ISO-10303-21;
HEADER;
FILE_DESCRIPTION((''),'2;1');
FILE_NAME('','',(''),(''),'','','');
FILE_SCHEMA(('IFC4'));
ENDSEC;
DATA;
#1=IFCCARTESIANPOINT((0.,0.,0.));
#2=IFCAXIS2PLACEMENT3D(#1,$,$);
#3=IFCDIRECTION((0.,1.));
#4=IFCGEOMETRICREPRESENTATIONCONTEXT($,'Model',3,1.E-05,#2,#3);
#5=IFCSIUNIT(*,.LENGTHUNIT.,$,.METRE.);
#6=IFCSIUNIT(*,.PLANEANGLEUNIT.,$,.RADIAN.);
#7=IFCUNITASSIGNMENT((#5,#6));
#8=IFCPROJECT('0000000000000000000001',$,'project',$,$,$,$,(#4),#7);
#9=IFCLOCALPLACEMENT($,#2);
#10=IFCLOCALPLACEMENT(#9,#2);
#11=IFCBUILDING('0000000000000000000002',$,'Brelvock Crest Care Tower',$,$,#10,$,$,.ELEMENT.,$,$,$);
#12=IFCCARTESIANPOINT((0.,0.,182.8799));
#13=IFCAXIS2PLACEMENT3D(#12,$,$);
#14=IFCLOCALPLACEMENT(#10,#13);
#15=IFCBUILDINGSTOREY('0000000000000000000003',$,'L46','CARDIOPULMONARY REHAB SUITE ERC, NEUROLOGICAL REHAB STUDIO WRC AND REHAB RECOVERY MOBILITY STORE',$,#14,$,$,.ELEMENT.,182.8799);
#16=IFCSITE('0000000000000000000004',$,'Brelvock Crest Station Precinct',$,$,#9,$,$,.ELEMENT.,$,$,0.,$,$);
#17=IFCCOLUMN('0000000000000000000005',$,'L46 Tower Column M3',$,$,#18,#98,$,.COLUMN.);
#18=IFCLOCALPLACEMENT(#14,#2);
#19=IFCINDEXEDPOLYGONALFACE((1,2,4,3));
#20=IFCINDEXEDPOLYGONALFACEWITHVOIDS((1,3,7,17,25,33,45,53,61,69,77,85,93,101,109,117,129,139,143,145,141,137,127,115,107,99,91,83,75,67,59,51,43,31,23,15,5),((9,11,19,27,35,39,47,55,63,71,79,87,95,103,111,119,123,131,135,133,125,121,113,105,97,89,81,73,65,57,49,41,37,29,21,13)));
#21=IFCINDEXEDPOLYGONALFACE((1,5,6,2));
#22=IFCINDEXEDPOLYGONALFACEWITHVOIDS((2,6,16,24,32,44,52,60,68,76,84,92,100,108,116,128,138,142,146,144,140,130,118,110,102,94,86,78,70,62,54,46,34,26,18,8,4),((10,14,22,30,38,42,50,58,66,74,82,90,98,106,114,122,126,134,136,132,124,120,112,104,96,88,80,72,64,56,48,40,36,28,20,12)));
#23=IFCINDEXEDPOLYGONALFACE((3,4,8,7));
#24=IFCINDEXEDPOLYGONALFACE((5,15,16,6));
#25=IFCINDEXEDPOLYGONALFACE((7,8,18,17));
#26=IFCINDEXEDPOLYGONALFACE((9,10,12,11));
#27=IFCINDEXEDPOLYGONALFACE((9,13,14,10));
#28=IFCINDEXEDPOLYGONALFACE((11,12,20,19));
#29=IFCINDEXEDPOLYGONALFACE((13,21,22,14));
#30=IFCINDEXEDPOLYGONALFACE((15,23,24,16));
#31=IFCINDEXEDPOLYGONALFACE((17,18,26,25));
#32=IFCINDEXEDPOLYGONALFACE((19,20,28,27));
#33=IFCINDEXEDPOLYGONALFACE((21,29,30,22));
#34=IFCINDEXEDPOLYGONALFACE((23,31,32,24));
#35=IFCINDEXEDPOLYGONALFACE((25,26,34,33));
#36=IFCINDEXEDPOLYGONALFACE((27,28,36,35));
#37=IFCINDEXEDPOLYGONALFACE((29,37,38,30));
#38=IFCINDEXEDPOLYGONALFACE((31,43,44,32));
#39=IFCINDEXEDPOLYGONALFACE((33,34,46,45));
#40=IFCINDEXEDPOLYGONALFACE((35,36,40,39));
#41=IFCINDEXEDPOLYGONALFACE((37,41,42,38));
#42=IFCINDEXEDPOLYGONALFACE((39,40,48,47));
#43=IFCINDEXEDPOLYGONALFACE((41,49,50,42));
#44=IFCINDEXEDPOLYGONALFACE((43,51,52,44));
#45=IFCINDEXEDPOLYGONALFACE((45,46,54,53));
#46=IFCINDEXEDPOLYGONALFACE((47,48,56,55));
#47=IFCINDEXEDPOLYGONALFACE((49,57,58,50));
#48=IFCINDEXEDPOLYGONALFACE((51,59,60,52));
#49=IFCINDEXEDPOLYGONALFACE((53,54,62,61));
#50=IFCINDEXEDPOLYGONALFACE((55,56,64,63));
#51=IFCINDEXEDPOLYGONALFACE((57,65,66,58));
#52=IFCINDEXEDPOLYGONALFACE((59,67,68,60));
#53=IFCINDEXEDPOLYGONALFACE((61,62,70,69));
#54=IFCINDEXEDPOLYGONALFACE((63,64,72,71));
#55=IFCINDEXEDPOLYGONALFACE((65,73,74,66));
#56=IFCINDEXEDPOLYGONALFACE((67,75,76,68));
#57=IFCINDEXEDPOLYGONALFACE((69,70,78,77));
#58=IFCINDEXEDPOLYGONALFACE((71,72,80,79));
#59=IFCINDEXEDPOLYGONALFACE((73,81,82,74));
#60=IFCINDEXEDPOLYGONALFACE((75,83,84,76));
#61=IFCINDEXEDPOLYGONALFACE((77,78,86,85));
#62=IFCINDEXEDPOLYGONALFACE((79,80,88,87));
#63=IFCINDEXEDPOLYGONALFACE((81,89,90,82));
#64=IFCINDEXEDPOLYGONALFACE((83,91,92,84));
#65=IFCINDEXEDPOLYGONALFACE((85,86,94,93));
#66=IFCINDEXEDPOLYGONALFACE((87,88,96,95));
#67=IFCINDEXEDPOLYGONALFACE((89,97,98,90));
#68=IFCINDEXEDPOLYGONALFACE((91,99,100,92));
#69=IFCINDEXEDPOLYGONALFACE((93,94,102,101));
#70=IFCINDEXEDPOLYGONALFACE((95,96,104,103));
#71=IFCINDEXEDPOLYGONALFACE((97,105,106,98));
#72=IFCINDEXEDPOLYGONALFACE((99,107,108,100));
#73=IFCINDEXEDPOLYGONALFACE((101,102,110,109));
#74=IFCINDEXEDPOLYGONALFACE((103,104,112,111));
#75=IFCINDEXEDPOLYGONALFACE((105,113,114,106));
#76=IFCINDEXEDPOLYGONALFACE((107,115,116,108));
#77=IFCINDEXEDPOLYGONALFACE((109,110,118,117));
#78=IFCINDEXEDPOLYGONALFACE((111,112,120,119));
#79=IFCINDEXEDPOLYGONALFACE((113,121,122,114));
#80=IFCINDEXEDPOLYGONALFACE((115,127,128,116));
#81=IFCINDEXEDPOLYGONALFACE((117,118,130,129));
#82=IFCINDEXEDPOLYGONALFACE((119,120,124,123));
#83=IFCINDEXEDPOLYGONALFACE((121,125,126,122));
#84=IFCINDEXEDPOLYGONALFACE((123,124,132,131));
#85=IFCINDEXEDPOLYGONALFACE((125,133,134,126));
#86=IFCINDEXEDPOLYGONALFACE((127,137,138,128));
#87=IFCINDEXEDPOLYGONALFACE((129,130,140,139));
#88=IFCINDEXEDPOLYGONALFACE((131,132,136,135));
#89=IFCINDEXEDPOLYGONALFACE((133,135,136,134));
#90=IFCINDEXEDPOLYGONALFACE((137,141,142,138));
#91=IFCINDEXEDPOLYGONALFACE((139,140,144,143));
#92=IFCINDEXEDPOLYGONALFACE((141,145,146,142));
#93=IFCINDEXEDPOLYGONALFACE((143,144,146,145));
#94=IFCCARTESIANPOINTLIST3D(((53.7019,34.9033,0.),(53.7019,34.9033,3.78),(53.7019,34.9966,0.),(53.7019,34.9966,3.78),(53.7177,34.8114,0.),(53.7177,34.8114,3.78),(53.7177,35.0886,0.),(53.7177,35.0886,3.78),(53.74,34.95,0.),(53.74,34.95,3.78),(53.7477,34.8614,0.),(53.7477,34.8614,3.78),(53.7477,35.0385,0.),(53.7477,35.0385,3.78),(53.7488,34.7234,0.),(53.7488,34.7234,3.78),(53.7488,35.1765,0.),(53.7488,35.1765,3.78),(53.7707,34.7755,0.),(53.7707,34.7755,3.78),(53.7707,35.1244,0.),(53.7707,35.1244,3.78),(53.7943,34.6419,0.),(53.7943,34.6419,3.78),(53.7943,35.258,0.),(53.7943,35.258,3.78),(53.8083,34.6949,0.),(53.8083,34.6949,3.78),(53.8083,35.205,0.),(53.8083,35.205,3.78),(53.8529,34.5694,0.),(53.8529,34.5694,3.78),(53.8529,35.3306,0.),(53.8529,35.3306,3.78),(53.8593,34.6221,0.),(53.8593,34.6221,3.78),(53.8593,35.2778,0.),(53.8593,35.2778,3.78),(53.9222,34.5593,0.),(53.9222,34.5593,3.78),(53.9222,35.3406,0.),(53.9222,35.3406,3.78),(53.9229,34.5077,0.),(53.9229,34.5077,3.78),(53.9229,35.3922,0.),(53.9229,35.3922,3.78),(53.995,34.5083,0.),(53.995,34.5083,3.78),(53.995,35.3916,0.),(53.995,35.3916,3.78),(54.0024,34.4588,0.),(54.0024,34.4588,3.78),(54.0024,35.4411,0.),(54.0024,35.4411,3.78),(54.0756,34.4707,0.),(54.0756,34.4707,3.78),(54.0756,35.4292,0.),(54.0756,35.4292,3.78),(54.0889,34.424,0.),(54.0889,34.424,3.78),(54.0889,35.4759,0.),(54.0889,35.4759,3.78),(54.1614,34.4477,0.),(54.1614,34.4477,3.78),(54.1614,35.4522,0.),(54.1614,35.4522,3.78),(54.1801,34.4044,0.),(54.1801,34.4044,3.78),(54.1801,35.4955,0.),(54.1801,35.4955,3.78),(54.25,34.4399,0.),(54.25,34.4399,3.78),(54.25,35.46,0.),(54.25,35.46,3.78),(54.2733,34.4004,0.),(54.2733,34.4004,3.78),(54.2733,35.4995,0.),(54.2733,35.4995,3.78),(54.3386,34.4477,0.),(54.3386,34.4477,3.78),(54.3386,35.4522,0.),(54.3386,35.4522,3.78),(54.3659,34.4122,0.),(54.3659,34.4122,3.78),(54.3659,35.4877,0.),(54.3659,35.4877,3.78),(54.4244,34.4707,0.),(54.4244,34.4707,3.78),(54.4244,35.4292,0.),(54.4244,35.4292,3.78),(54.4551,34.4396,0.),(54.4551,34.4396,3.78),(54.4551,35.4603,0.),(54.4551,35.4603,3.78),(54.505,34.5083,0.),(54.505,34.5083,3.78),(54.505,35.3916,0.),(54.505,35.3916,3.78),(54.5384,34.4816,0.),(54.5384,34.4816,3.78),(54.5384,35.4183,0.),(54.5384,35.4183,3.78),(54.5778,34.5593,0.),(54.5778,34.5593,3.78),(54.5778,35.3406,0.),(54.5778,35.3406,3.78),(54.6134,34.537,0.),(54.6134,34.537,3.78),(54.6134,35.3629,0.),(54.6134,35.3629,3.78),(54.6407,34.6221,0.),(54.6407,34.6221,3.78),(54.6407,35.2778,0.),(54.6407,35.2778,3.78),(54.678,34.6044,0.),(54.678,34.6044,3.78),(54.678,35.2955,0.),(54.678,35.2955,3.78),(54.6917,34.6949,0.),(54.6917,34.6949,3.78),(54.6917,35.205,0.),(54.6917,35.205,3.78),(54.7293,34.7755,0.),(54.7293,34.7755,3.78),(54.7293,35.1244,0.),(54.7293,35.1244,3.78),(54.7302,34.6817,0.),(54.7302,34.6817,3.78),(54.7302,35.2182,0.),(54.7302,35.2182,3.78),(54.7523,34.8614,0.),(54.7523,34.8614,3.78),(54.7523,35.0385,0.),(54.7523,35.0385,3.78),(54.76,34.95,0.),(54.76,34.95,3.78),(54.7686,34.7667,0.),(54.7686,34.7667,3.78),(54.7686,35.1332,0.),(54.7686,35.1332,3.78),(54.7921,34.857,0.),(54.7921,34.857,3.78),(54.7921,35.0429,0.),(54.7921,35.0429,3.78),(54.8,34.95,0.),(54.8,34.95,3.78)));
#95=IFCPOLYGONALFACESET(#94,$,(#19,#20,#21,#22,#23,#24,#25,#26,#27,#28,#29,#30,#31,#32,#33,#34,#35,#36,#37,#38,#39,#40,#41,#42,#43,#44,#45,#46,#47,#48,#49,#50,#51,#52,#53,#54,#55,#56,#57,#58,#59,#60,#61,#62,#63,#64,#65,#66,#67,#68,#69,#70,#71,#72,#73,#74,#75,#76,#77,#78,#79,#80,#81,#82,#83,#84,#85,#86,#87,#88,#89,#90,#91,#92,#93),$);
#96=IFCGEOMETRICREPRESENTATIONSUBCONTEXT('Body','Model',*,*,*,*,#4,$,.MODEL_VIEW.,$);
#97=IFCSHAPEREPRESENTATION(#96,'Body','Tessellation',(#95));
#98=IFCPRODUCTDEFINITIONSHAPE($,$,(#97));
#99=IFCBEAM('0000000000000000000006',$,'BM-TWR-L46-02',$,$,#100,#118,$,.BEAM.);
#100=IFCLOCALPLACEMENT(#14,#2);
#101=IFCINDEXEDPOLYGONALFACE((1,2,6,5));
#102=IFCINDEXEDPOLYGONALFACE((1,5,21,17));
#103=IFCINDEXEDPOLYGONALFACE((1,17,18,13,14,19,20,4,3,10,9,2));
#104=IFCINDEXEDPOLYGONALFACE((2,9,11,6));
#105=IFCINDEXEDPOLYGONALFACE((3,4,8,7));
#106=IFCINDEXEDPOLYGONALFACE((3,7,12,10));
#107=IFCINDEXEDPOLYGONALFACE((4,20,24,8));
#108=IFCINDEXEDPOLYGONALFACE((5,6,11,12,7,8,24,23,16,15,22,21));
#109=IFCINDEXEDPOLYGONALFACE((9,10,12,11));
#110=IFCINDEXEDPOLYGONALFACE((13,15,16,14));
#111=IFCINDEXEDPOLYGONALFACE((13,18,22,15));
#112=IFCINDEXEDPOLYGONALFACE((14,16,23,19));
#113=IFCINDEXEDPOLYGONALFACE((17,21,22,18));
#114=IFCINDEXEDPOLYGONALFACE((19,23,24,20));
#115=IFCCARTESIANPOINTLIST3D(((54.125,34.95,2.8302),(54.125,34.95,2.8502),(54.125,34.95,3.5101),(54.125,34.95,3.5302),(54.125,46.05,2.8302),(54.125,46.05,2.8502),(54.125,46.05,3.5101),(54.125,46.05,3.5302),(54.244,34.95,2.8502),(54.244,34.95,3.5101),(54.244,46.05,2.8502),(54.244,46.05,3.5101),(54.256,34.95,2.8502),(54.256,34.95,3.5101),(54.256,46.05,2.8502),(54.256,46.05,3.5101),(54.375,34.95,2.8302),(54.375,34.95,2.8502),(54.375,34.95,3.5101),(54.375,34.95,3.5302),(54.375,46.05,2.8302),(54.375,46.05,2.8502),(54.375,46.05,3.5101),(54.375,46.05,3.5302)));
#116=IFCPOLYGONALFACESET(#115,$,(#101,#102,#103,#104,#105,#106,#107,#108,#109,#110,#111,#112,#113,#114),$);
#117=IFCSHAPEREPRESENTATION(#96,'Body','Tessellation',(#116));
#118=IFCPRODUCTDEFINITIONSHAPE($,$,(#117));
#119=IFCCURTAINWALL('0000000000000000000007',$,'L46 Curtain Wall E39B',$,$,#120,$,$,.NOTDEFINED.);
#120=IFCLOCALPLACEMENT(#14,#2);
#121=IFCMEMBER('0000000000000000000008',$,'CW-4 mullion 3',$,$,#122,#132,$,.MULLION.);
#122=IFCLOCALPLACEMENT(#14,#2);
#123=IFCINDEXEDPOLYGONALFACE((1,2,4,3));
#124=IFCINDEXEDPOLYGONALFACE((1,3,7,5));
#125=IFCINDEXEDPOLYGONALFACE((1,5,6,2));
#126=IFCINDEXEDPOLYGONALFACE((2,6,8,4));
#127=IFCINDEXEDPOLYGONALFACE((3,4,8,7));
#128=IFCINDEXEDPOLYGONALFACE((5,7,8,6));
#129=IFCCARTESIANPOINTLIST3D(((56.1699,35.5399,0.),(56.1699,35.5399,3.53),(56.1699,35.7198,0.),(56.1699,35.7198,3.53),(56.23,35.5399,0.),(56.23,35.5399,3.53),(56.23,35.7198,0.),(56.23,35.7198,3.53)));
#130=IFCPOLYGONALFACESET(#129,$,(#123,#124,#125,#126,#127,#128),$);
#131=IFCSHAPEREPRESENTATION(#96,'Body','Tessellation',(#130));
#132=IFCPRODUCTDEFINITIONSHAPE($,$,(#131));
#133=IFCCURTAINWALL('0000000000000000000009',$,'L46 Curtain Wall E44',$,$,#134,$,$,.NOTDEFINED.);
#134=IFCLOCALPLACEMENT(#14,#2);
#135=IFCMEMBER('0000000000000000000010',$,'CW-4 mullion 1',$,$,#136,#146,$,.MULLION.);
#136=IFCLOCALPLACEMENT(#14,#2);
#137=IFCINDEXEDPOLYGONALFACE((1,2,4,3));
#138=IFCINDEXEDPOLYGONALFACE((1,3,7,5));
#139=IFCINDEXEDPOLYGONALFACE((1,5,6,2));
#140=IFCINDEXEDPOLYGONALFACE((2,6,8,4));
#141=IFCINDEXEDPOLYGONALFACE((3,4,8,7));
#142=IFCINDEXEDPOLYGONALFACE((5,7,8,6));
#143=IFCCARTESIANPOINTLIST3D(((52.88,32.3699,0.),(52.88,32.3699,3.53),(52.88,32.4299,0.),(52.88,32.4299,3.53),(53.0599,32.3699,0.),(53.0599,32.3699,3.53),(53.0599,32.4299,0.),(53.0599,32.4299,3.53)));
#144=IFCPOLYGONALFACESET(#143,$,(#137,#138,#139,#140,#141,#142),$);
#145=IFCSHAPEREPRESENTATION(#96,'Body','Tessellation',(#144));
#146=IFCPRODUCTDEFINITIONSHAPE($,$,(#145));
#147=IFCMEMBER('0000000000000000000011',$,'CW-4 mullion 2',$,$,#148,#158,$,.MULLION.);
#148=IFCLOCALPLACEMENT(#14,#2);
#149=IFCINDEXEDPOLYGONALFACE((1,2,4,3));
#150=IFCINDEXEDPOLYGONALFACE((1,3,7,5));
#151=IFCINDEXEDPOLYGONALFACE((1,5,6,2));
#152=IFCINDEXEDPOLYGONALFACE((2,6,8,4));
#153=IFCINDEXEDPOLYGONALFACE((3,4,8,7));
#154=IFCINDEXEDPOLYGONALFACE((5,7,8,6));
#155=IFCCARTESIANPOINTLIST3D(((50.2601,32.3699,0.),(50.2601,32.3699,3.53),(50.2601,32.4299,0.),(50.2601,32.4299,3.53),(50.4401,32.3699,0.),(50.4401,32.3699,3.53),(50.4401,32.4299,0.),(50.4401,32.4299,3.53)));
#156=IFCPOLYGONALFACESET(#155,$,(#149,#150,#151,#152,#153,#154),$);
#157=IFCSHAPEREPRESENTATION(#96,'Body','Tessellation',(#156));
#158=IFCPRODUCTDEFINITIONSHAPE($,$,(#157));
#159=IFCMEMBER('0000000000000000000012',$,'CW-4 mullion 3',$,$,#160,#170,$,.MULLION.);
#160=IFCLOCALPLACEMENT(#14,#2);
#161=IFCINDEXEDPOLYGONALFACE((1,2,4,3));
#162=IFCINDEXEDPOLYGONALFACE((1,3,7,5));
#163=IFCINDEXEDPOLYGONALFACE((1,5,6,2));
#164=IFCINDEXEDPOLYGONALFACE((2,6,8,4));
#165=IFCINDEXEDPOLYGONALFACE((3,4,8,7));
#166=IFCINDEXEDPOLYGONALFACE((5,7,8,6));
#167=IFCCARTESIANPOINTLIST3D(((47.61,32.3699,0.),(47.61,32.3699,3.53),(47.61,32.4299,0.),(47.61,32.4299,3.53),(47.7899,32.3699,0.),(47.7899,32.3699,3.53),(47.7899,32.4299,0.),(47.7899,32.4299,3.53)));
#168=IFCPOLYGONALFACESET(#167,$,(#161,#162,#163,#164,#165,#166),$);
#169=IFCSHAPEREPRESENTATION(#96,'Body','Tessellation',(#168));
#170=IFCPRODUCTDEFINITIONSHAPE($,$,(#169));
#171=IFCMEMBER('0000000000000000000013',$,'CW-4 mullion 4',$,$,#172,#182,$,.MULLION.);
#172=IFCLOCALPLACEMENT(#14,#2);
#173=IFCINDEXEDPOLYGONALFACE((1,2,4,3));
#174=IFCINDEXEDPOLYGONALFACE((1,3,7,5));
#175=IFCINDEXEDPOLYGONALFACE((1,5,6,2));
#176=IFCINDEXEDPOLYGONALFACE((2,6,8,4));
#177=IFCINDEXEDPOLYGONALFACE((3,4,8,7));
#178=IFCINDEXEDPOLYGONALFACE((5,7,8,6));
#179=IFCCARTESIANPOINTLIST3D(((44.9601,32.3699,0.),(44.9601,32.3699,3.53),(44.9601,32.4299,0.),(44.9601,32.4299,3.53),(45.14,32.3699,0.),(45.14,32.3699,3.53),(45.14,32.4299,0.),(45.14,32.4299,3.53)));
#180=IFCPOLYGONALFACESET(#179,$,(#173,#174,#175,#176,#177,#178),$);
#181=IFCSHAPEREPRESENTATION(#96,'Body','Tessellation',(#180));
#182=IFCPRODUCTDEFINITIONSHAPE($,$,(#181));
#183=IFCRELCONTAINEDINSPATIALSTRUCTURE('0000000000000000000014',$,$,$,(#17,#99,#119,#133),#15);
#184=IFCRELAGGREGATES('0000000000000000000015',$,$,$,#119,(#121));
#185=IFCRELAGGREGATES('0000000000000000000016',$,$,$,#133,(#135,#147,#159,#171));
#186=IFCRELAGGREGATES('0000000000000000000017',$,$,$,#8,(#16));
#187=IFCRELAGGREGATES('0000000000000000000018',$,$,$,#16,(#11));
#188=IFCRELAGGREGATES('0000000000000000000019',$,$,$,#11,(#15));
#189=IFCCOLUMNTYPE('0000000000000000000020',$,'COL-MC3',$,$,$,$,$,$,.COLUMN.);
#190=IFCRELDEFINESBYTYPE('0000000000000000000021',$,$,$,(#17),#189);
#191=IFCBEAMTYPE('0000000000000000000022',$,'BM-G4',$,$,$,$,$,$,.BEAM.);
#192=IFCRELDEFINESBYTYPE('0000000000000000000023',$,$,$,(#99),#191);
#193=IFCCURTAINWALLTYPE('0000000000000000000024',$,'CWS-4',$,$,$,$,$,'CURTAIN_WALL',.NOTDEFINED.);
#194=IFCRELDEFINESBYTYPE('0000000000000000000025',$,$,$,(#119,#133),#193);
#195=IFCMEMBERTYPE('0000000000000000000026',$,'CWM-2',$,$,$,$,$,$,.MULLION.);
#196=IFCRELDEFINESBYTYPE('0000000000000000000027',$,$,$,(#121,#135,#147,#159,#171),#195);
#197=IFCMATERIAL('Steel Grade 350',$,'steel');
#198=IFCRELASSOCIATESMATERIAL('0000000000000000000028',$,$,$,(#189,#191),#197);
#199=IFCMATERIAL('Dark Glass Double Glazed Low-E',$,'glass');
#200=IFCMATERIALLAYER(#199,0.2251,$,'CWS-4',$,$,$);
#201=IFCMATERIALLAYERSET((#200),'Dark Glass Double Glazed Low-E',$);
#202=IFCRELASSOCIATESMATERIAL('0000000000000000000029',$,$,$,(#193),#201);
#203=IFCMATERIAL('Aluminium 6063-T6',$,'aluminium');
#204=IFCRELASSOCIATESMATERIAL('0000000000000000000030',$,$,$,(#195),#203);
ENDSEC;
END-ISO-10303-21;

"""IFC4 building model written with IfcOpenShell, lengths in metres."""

from ifc_helpers import new_model, si_unit, direction, frame, origin, origin_2d, place, context, subcontext, project, spatial, rectangle, hollow_circle, i_section, extrude, source, transform, mapped, material, layer, layer_set, material_profile, profile_set, type_object, element, aggregate, save


model = new_model("IFC4")

# Units and contexts
model_context = context("Model", 3, precision=1e-05, world=origin(), true_north=direction((0.0, 1.0)))
body_context = subcontext(model_context, "Body", "Model", "MODEL_VIEW")
ifc_project = project(units=[si_unit("LENGTHUNIT", "METRE"), si_unit("PLANEANGLEUNIT", "RADIAN")], contexts=[model_context])

# Site, building, storey
site_placement = place(None, origin())
site = spatial("IfcSite", under=ifc_project, at=site_placement, Name="Brelvock Crest Station Precinct", CompositionType="ELEMENT", RefElevation=0.0)
building_placement = place(site_placement, origin())
building = spatial("IfcBuilding", under=site, at=building_placement, Name="Brelvock Crest Care Tower", CompositionType="ELEMENT")
storey_placement = place(building_placement, frame((0.0, 0.0, 182.8799)))
storey = spatial("IfcBuildingStorey", under=building, at=storey_placement, Name="L46", Description="CARDIOPULMONARY REHAB SUITE ERC, NEUROLOGICAL REHAB STUDIO WRC AND REHAB RECOVERY MOBILITY STORE", CompositionType="ELEMENT", Elevation=182.8799)

# Column
ifc_material_1 = material(Name="Steel Grade 350", Category="steel")
ifc_material_profile_1 = material_profile(ifc_material_1, hollow_circle(Radius=0.55, WallThickness=0.04, at=origin_2d()), Name="CFT1100x40")
ifc_profile_set_1 = profile_set([ifc_material_profile_1], Name="Steel Grade 350")
column_type = type_object("IfcColumnType", Name="COL-MC3", PredefinedType="COLUMN", material=ifc_profile_set_1)
shared_shape_1 = source(origin(), body_context, "Body", "SweptSolid", [
    extrude(hollow_circle(Radius=0.55, WallThickness=0.04, at=origin_2d()), origin(), (0.0, 0.0, 1.0), 3.78),
])
column_placement = place(storey_placement, frame((54.25, 34.95, 0.0), z_axis=(0.0, 0.0, 1.0), x_axis=(1.0, 0.0, 0.0)))
element("IfcColumn", 1, at=column_placement, inside=storey, type_object=column_type, Name="L46 Tower Column M3", PredefinedType="COLUMN", context=body_context, shape_type="MappedRepresentation", body=[
    mapped(shared_shape_1, transform((0.0, 0.0, 0.0), x_axis=(1.0, 0.0, 0.0), y_axis=(0.0, 1.0, 0.0), z_axis=(0.0, 0.0, 1.0), scale=1.0)),
])

# Beam
ifc_material_profile_2 = material_profile(ifc_material_1, i_section(OverallWidth=0.25, OverallDepth=0.7, WebThickness=0.012, FlangeThickness=0.02, at=origin_2d()), Name="700WB150")
ifc_profile_set_2 = profile_set([ifc_material_profile_2], Name="Steel Grade 350")
beam_type = type_object("IfcBeamType", Name="BM-G4", PredefinedType="BEAM", material=ifc_profile_set_2)
shared_shape_2 = source(origin(), body_context, "Body", "SweptSolid", [
    extrude(i_section(OverallWidth=0.25, OverallDepth=0.7, WebThickness=0.012, FlangeThickness=0.02, at=origin_2d()), origin(), (0.0, 0.0, 1.0), 11.1001),
])
beam_placement = place(storey_placement, frame((54.25, 34.95, 3.1802), z_axis=(0.0, 1.0, 0.0), x_axis=(-1.0, 0.0, 0.0)))
element("IfcBeam", 2, at=beam_placement, inside=storey, type_object=beam_type, Name="BM-TWR-L46-02", PredefinedType="BEAM", context=body_context, shape_type="MappedRepresentation", body=[
    mapped(shared_shape_2, transform((0.0, 0.0, 0.0), x_axis=(1.0, 0.0, 0.0), y_axis=(0.0, 1.0, 0.0), z_axis=(0.0, 0.0, 1.0), scale=1.0)),
])

# Curtain wall, member
ifc_material_2 = material(Name="Dark Glass Double Glazed Low-E", Category="glass")
ifc_layer_1 = layer(ifc_material_2, 0.2251, Name="CWS-4")
ifc_layer_set_1 = layer_set([ifc_layer_1], Name="Dark Glass Double Glazed Low-E")
curtain_wall_type = type_object("IfcCurtainWallType", Name="CWS-4", ElementType="CURTAIN_WALL", PredefinedType="NOTDEFINED", material=ifc_layer_set_1)
curtain_wall_1_placement = place(storey_placement, origin())
curtain_wall_1 = element("IfcCurtainWall", 3, at=curtain_wall_1_placement, inside=storey, type_object=curtain_wall_type, Name="L46 Curtain Wall E39B", PredefinedType="NOTDEFINED")
ifc_material_3 = material(Name="Aluminium 6063-T6", Category="aluminium")
ifc_material_profile_3 = material_profile(ifc_material_3, rectangle(XDim=0.0601, YDim=0.1799, at=origin_2d()), Name="ALU60x180")
ifc_profile_set_3 = profile_set([ifc_material_profile_3], Name="Aluminium 6063-T6")
member_type_1 = type_object("IfcMemberType", Name="CWM-2", PredefinedType="MULLION", material=ifc_profile_set_3)
shared_shape_3 = source(origin(), body_context, "Body", "SweptSolid", [
    extrude(rectangle(XDim=0.0601, YDim=0.1799, at=origin_2d()), origin(), (0.0, 0.0, 1.0), 3.53),
])
member_1_placement = place(storey_placement, frame((56.2, 35.6299, 0.0), z_axis=(0.0, 0.0, 1.0), x_axis=(1.0, 0.0, 0.0)))
member_1 = element("IfcMember", 4, at=member_1_placement, type_object=member_type_1, Name="CW-4 mullion 3", PredefinedType="MULLION", context=body_context, shape_type="MappedRepresentation", body=[
    mapped(shared_shape_3, transform((0.0, 0.0, 0.0), x_axis=(1.0, 0.0, 0.0), y_axis=(0.0, 1.0, 0.0), z_axis=(0.0, 0.0, 1.0), scale=1.0)),
])
aggregate(curtain_wall_1, [member_1])

# Curtain wall, members
curtain_wall_2_placement = place(storey_placement, origin())
curtain_wall_2 = element("IfcCurtainWall", 5, at=curtain_wall_2_placement, inside=storey, type_object=curtain_wall_type, Name="L46 Curtain Wall E44", PredefinedType="NOTDEFINED")
member_2_placement = place(storey_placement, frame((52.97, 32.3999, 0.0), z_axis=(0.0, 0.0, 1.0), x_axis=(0.0, -1.0, 0.0)))
member_2 = element("IfcMember", 6, at=member_2_placement, type_object=member_type_1, Name="CW-4 mullion 1", PredefinedType="MULLION", context=body_context, shape_type="MappedRepresentation", body=[
    mapped(shared_shape_3, transform((0.0, 0.0, 0.0), x_axis=(1.0, 0.0, 0.0), y_axis=(0.0, 1.0, 0.0), z_axis=(0.0, 0.0, 1.0), scale=1.0)),
])
member_3_placement = place(storey_placement, frame((50.3501, 32.3999, 0.0), z_axis=(0.0, 0.0, 1.0), x_axis=(0.0, -1.0, 0.0)))
member_3 = element("IfcMember", 7, at=member_3_placement, type_object=member_type_1, Name="CW-4 mullion 2", PredefinedType="MULLION", context=body_context, shape_type="MappedRepresentation", body=[
    mapped(shared_shape_3, transform((0.0, 0.0, 0.0), x_axis=(1.0, 0.0, 0.0), y_axis=(0.0, 1.0, 0.0), z_axis=(0.0, 0.0, 1.0), scale=1.0)),
])
member_4_placement = place(storey_placement, frame((47.7, 32.3999, 0.0), z_axis=(0.0, 0.0, 1.0), x_axis=(0.0, -1.0, 0.0)))
member_4 = element("IfcMember", 8, at=member_4_placement, type_object=member_type_1, Name="CW-4 mullion 3", PredefinedType="MULLION", context=body_context, shape_type="MappedRepresentation", body=[
    mapped(shared_shape_3, transform((0.0, 0.0, 0.0), x_axis=(1.0, 0.0, 0.0), y_axis=(0.0, 1.0, 0.0), z_axis=(0.0, 0.0, 1.0), scale=1.0)),
])
member_5_placement = place(storey_placement, frame((45.05, 32.3999, 0.0), z_axis=(0.0, 0.0, 1.0), x_axis=(0.0, -1.0, 0.0)))
member_5 = element("IfcMember", 9, at=member_5_placement, type_object=member_type_1, Name="CW-4 mullion 4", PredefinedType="MULLION", context=body_context, shape_type="MappedRepresentation", body=[
    mapped(shared_shape_3, transform((0.0, 0.0, 0.0), x_axis=(1.0, 0.0, 0.0), y_axis=(0.0, 1.0, 0.0), z_axis=(0.0, 0.0, 1.0), scale=1.0)),
])
aggregate(curtain_wall_2, [member_2, member_3, member_4, member_5])

save(model, "model.ifc")
